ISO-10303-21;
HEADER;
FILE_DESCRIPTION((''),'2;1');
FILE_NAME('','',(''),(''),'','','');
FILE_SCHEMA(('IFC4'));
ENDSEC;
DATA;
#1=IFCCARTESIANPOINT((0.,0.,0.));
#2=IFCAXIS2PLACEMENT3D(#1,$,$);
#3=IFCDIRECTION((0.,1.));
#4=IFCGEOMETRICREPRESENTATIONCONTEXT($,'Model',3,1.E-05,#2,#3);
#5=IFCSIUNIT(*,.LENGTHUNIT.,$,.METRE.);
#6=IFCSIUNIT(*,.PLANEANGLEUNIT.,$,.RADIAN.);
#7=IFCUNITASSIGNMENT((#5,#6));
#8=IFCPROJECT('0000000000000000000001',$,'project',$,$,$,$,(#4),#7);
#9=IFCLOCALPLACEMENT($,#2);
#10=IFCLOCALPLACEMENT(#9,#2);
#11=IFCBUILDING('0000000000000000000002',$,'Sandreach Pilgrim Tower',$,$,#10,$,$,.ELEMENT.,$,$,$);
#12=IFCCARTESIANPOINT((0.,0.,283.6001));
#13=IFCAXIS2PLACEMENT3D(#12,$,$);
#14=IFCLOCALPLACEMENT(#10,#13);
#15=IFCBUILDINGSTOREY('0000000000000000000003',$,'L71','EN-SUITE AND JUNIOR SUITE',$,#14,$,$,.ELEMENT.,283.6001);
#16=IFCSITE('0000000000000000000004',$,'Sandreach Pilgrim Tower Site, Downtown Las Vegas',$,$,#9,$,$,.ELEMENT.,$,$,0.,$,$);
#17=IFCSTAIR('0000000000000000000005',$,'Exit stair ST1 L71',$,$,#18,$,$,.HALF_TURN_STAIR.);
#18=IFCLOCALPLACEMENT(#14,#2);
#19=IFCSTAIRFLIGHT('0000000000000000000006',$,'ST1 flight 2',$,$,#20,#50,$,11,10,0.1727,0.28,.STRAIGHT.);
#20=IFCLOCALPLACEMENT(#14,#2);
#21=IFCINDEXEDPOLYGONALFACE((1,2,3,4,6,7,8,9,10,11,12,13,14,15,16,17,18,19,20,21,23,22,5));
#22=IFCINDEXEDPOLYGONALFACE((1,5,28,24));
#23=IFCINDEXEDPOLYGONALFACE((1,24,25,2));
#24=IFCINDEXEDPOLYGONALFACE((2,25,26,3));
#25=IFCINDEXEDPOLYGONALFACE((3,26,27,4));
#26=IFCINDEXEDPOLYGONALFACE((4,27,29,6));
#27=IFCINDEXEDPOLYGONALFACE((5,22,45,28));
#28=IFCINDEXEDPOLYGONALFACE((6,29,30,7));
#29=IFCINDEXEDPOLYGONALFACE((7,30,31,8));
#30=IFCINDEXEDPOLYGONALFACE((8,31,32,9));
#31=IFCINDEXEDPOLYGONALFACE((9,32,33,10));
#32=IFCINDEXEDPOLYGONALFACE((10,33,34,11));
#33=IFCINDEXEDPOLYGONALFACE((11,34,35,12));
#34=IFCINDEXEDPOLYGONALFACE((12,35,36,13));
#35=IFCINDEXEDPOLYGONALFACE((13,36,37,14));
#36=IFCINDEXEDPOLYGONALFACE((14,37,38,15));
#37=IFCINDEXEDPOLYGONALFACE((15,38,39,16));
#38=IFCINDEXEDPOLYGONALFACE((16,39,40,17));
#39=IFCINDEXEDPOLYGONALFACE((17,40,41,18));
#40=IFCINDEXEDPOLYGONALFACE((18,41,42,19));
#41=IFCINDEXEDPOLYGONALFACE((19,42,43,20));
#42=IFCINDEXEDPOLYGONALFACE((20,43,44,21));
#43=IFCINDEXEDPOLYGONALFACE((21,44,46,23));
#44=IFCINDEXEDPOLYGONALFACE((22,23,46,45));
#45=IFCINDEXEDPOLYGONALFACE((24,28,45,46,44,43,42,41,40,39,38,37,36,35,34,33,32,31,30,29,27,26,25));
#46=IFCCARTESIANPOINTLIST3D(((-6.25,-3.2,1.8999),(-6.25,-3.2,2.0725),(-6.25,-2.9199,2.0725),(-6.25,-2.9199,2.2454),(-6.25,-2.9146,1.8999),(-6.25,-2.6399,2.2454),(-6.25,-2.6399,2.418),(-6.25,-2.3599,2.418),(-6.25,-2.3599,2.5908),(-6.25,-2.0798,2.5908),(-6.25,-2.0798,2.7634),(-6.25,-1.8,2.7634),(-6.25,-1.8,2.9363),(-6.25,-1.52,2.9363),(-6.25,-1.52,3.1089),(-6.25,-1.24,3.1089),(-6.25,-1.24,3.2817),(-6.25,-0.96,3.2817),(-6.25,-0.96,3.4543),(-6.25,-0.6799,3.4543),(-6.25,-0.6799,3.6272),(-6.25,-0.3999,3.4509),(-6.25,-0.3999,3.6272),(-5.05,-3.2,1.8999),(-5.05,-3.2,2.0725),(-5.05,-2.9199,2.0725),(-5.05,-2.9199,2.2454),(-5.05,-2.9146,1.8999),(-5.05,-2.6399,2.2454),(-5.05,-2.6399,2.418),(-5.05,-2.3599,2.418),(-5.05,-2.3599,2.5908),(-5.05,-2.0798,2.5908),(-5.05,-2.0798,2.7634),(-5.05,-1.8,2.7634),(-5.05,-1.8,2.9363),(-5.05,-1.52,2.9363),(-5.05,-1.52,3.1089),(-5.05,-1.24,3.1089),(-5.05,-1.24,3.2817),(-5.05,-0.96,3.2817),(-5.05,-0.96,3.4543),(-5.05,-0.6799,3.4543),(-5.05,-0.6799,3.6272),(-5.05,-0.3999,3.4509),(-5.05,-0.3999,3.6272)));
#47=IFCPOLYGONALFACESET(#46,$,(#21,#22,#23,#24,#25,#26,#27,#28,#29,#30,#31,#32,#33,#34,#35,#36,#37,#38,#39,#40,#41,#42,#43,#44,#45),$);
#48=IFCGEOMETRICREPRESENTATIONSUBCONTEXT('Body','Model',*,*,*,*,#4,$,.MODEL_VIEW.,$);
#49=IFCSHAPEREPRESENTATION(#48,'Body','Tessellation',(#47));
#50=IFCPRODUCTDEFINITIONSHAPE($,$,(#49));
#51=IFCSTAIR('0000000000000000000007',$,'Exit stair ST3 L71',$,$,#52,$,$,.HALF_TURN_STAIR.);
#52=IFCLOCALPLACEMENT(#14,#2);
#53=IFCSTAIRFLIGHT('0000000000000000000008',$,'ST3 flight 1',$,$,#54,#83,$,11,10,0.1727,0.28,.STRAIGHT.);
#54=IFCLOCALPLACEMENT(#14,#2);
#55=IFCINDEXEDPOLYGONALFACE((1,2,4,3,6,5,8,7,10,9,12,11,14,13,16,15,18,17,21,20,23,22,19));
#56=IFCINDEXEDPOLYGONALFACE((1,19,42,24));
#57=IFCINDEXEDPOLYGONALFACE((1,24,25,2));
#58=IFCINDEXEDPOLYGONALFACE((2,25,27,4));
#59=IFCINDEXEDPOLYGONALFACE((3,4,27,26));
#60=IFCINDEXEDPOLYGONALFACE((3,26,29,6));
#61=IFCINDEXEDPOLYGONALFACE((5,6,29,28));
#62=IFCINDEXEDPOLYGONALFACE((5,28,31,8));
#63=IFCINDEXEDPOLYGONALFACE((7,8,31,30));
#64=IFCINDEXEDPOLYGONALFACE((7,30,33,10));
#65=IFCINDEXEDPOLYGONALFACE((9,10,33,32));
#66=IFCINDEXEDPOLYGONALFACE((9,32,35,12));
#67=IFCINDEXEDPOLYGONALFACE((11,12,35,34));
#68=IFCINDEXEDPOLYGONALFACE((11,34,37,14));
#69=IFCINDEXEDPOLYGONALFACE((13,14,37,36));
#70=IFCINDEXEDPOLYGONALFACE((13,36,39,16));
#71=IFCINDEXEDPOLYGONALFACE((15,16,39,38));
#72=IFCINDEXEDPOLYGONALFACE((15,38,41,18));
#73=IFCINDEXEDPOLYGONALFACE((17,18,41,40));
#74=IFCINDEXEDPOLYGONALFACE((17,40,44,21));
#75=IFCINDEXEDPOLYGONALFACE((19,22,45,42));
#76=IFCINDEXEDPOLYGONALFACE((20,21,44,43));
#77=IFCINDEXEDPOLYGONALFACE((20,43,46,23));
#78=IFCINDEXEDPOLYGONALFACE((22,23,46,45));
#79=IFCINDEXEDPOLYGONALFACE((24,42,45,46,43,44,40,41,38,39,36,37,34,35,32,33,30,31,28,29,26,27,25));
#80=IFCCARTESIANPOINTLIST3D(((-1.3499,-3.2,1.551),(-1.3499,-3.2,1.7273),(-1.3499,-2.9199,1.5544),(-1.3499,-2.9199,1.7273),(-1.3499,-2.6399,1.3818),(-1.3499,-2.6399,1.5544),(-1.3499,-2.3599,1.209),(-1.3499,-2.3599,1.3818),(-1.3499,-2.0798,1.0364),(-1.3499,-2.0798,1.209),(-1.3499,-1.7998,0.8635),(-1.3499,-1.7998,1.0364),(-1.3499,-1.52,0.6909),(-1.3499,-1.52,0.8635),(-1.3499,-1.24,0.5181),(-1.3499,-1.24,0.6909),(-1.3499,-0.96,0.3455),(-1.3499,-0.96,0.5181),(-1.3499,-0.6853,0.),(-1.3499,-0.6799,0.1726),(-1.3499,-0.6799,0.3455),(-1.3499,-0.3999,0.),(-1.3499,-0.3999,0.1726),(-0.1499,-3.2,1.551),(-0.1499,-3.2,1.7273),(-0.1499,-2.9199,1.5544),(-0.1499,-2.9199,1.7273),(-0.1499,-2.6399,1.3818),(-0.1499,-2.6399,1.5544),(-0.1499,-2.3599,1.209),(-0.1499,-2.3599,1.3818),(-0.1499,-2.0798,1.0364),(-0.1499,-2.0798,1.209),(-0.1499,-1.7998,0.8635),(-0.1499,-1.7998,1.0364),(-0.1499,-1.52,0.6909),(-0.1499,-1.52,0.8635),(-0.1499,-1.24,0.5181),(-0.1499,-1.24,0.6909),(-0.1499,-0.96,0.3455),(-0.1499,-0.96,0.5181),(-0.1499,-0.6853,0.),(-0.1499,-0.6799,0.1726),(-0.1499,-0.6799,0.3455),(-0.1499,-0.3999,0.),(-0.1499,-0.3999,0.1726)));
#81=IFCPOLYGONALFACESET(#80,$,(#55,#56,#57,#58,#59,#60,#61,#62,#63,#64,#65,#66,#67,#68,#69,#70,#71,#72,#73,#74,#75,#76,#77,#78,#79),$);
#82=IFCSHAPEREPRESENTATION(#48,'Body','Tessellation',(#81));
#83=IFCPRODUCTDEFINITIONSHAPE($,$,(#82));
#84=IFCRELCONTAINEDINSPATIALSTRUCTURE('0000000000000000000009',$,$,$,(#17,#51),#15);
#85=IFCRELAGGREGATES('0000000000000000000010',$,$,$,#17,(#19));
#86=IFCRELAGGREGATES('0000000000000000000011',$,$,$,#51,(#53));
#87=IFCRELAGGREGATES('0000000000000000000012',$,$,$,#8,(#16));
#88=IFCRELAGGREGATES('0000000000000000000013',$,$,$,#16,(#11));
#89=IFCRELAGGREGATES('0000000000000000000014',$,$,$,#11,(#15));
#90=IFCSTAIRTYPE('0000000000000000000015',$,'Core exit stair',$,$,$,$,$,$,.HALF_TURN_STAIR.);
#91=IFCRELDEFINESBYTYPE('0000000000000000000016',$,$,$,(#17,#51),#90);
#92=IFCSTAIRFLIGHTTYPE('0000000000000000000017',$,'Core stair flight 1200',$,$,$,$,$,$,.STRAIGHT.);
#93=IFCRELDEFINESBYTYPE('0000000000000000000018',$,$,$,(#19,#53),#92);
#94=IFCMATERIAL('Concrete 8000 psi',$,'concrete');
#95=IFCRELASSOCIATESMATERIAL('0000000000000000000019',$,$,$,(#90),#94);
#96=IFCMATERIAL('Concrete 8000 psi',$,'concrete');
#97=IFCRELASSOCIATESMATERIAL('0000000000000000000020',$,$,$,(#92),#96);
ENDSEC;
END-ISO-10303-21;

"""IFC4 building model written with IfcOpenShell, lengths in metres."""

from ifc_helpers import new_model, si_unit, direction, frame, origin, place, context, subcontext, project, spatial, polyline, outline, extrude, material, type_object, element, aggregate, save


model = new_model("IFC4")

# Units and contexts
model_context = context("Model", 3, precision=1e-05, world=origin(), true_north=direction((0.0, 1.0)))
body_context = subcontext(model_context, "Body", "Model", "MODEL_VIEW")
ifc_project = project(units=[si_unit("LENGTHUNIT", "METRE"), si_unit("PLANEANGLEUNIT", "RADIAN")], contexts=[model_context])

# Site, building, storey
site_placement = place(None, origin())
site = spatial("IfcSite", under=ifc_project, at=site_placement, Name="Sandreach Pilgrim Tower Site, Downtown Las Vegas", CompositionType="ELEMENT", RefElevation=0.0)
building_placement = place(site_placement, origin())
building = spatial("IfcBuilding", under=site, at=building_placement, Name="Sandreach Pilgrim Tower", CompositionType="ELEMENT")
storey_placement = place(building_placement, frame((0.0, 0.0, 283.6001)))
storey = spatial("IfcBuildingStorey", under=building, at=storey_placement, Name="L71", Description="EN-SUITE AND JUNIOR SUITE", CompositionType="ELEMENT", Elevation=283.6001)

# Stair, stair flight
ifc_material_1 = material(Name="Concrete 8000 psi", Category="concrete")
stair_type = type_object("IfcStairType", Name="Core exit stair", PredefinedType="HALF_TURN_STAIR", material=ifc_material_1)
stair_1_placement = place(storey_placement, origin())
stair_1 = element("IfcStair", 1, at=stair_1_placement, inside=storey, type_object=stair_type, Name="Exit stair ST1 L71", PredefinedType="HALF_TURN_STAIR")
ifc_material_2 = material(Name="Concrete 8000 psi", Category="concrete")
stair_flight_type = type_object("IfcStairFlightType", Name="Core stair flight 1200", PredefinedType="STRAIGHT", material=ifc_material_2)
stair_flight_1_placement = place(storey_placement, frame((-5.6499, -3.2, 1.8999), z_axis=(0.0, 0.0, 1.0), x_axis=(0.0, 1.0, 0.0)))
stair_flight_1 = element("IfcStairFlight", 2, at=stair_flight_1_placement, type_object=stair_flight_type, Name="ST1 flight 2", NumberOfRisers=11, NumberOfTreads=10, PredefinedType="STRAIGHT", RiserHeight=0.1727, TreadLength=0.28, context=body_context, shape_type="SweptSolid", body=[
    extrude(outline(polyline([(0.0, 0.0), (0.0, 0.1726), (0.28, 0.1726), (0.28, 0.3455), (0.5601, 0.3455), (0.5601, 0.5181), (0.8401, 0.5181), (0.8401, 0.6909), (1.1201, 0.6909), (1.1201, 0.8635), (1.3999, 0.8635), (1.3999, 1.0364), (1.6799, 1.0364), (1.6799, 1.209), (1.96, 1.209), (1.96, 1.3818), (2.24, 1.3818), (2.24, 1.5544), (2.52, 1.5544), (2.52, 1.7273), (2.8, 1.7273), (2.8, 1.8999), (2.8, 1.551), (0.2854, 0.0), (0.0, 0.0)])), frame((0.0, 0.6001, 0.0), z_axis=(0.0, -1.0, 0.0), x_axis=(1.0, 0.0, 0.0)), (0.0, 0.0, 1.0), 1.2),
])
aggregate(stair_1, [stair_flight_1])

# Stair, stair flight
stair_2_placement = place(storey_placement, origin())
stair_2 = element("IfcStair", 3, at=stair_2_placement, inside=storey, type_object=stair_type, Name="Exit stair ST3 L71", PredefinedType="HALF_TURN_STAIR")
stair_flight_2_placement = place(storey_placement, frame((-0.75, -0.3999, 0.0), z_axis=(0.0, 0.0, 1.0), x_axis=(0.0, -1.0, 0.0)))
stair_flight_2 = element("IfcStairFlight", 4, at=stair_flight_2_placement, type_object=stair_flight_type, Name="ST3 flight 1", NumberOfRisers=11, NumberOfTreads=10, PredefinedType="STRAIGHT", RiserHeight=0.1727, TreadLength=0.28, context=body_context, shape_type="SweptSolid", body=[
    extrude(outline(polyline([(0.0, 0.0), (0.0, 0.1726), (0.28, 0.1726), (0.28, 0.3455), (0.5601, 0.3455), (0.5601, 0.5181), (0.8401, 0.5181), (0.8401, 0.6909), (1.1201, 0.6909), (1.1201, 0.8635), (1.3999, 0.8635), (1.3999, 1.0364), (1.6799, 1.0364), (1.6799, 1.209), (1.96, 1.209), (1.96, 1.3818), (2.24, 1.3818), (2.24, 1.5544), (2.52, 1.5544), (2.52, 1.7273), (2.8, 1.7273), (2.8, 1.8999), (2.8, 1.551), (0.2854, 0.0), (0.0, 0.0)])), frame((0.0, 0.6001, 0.0), z_axis=(0.0, -1.0, 0.0), x_axis=(1.0, 0.0, 0.0)), (0.0, 0.0, 1.0), 1.2),
])
aggregate(stair_2, [stair_flight_2])

save(model, "model.ifc")
